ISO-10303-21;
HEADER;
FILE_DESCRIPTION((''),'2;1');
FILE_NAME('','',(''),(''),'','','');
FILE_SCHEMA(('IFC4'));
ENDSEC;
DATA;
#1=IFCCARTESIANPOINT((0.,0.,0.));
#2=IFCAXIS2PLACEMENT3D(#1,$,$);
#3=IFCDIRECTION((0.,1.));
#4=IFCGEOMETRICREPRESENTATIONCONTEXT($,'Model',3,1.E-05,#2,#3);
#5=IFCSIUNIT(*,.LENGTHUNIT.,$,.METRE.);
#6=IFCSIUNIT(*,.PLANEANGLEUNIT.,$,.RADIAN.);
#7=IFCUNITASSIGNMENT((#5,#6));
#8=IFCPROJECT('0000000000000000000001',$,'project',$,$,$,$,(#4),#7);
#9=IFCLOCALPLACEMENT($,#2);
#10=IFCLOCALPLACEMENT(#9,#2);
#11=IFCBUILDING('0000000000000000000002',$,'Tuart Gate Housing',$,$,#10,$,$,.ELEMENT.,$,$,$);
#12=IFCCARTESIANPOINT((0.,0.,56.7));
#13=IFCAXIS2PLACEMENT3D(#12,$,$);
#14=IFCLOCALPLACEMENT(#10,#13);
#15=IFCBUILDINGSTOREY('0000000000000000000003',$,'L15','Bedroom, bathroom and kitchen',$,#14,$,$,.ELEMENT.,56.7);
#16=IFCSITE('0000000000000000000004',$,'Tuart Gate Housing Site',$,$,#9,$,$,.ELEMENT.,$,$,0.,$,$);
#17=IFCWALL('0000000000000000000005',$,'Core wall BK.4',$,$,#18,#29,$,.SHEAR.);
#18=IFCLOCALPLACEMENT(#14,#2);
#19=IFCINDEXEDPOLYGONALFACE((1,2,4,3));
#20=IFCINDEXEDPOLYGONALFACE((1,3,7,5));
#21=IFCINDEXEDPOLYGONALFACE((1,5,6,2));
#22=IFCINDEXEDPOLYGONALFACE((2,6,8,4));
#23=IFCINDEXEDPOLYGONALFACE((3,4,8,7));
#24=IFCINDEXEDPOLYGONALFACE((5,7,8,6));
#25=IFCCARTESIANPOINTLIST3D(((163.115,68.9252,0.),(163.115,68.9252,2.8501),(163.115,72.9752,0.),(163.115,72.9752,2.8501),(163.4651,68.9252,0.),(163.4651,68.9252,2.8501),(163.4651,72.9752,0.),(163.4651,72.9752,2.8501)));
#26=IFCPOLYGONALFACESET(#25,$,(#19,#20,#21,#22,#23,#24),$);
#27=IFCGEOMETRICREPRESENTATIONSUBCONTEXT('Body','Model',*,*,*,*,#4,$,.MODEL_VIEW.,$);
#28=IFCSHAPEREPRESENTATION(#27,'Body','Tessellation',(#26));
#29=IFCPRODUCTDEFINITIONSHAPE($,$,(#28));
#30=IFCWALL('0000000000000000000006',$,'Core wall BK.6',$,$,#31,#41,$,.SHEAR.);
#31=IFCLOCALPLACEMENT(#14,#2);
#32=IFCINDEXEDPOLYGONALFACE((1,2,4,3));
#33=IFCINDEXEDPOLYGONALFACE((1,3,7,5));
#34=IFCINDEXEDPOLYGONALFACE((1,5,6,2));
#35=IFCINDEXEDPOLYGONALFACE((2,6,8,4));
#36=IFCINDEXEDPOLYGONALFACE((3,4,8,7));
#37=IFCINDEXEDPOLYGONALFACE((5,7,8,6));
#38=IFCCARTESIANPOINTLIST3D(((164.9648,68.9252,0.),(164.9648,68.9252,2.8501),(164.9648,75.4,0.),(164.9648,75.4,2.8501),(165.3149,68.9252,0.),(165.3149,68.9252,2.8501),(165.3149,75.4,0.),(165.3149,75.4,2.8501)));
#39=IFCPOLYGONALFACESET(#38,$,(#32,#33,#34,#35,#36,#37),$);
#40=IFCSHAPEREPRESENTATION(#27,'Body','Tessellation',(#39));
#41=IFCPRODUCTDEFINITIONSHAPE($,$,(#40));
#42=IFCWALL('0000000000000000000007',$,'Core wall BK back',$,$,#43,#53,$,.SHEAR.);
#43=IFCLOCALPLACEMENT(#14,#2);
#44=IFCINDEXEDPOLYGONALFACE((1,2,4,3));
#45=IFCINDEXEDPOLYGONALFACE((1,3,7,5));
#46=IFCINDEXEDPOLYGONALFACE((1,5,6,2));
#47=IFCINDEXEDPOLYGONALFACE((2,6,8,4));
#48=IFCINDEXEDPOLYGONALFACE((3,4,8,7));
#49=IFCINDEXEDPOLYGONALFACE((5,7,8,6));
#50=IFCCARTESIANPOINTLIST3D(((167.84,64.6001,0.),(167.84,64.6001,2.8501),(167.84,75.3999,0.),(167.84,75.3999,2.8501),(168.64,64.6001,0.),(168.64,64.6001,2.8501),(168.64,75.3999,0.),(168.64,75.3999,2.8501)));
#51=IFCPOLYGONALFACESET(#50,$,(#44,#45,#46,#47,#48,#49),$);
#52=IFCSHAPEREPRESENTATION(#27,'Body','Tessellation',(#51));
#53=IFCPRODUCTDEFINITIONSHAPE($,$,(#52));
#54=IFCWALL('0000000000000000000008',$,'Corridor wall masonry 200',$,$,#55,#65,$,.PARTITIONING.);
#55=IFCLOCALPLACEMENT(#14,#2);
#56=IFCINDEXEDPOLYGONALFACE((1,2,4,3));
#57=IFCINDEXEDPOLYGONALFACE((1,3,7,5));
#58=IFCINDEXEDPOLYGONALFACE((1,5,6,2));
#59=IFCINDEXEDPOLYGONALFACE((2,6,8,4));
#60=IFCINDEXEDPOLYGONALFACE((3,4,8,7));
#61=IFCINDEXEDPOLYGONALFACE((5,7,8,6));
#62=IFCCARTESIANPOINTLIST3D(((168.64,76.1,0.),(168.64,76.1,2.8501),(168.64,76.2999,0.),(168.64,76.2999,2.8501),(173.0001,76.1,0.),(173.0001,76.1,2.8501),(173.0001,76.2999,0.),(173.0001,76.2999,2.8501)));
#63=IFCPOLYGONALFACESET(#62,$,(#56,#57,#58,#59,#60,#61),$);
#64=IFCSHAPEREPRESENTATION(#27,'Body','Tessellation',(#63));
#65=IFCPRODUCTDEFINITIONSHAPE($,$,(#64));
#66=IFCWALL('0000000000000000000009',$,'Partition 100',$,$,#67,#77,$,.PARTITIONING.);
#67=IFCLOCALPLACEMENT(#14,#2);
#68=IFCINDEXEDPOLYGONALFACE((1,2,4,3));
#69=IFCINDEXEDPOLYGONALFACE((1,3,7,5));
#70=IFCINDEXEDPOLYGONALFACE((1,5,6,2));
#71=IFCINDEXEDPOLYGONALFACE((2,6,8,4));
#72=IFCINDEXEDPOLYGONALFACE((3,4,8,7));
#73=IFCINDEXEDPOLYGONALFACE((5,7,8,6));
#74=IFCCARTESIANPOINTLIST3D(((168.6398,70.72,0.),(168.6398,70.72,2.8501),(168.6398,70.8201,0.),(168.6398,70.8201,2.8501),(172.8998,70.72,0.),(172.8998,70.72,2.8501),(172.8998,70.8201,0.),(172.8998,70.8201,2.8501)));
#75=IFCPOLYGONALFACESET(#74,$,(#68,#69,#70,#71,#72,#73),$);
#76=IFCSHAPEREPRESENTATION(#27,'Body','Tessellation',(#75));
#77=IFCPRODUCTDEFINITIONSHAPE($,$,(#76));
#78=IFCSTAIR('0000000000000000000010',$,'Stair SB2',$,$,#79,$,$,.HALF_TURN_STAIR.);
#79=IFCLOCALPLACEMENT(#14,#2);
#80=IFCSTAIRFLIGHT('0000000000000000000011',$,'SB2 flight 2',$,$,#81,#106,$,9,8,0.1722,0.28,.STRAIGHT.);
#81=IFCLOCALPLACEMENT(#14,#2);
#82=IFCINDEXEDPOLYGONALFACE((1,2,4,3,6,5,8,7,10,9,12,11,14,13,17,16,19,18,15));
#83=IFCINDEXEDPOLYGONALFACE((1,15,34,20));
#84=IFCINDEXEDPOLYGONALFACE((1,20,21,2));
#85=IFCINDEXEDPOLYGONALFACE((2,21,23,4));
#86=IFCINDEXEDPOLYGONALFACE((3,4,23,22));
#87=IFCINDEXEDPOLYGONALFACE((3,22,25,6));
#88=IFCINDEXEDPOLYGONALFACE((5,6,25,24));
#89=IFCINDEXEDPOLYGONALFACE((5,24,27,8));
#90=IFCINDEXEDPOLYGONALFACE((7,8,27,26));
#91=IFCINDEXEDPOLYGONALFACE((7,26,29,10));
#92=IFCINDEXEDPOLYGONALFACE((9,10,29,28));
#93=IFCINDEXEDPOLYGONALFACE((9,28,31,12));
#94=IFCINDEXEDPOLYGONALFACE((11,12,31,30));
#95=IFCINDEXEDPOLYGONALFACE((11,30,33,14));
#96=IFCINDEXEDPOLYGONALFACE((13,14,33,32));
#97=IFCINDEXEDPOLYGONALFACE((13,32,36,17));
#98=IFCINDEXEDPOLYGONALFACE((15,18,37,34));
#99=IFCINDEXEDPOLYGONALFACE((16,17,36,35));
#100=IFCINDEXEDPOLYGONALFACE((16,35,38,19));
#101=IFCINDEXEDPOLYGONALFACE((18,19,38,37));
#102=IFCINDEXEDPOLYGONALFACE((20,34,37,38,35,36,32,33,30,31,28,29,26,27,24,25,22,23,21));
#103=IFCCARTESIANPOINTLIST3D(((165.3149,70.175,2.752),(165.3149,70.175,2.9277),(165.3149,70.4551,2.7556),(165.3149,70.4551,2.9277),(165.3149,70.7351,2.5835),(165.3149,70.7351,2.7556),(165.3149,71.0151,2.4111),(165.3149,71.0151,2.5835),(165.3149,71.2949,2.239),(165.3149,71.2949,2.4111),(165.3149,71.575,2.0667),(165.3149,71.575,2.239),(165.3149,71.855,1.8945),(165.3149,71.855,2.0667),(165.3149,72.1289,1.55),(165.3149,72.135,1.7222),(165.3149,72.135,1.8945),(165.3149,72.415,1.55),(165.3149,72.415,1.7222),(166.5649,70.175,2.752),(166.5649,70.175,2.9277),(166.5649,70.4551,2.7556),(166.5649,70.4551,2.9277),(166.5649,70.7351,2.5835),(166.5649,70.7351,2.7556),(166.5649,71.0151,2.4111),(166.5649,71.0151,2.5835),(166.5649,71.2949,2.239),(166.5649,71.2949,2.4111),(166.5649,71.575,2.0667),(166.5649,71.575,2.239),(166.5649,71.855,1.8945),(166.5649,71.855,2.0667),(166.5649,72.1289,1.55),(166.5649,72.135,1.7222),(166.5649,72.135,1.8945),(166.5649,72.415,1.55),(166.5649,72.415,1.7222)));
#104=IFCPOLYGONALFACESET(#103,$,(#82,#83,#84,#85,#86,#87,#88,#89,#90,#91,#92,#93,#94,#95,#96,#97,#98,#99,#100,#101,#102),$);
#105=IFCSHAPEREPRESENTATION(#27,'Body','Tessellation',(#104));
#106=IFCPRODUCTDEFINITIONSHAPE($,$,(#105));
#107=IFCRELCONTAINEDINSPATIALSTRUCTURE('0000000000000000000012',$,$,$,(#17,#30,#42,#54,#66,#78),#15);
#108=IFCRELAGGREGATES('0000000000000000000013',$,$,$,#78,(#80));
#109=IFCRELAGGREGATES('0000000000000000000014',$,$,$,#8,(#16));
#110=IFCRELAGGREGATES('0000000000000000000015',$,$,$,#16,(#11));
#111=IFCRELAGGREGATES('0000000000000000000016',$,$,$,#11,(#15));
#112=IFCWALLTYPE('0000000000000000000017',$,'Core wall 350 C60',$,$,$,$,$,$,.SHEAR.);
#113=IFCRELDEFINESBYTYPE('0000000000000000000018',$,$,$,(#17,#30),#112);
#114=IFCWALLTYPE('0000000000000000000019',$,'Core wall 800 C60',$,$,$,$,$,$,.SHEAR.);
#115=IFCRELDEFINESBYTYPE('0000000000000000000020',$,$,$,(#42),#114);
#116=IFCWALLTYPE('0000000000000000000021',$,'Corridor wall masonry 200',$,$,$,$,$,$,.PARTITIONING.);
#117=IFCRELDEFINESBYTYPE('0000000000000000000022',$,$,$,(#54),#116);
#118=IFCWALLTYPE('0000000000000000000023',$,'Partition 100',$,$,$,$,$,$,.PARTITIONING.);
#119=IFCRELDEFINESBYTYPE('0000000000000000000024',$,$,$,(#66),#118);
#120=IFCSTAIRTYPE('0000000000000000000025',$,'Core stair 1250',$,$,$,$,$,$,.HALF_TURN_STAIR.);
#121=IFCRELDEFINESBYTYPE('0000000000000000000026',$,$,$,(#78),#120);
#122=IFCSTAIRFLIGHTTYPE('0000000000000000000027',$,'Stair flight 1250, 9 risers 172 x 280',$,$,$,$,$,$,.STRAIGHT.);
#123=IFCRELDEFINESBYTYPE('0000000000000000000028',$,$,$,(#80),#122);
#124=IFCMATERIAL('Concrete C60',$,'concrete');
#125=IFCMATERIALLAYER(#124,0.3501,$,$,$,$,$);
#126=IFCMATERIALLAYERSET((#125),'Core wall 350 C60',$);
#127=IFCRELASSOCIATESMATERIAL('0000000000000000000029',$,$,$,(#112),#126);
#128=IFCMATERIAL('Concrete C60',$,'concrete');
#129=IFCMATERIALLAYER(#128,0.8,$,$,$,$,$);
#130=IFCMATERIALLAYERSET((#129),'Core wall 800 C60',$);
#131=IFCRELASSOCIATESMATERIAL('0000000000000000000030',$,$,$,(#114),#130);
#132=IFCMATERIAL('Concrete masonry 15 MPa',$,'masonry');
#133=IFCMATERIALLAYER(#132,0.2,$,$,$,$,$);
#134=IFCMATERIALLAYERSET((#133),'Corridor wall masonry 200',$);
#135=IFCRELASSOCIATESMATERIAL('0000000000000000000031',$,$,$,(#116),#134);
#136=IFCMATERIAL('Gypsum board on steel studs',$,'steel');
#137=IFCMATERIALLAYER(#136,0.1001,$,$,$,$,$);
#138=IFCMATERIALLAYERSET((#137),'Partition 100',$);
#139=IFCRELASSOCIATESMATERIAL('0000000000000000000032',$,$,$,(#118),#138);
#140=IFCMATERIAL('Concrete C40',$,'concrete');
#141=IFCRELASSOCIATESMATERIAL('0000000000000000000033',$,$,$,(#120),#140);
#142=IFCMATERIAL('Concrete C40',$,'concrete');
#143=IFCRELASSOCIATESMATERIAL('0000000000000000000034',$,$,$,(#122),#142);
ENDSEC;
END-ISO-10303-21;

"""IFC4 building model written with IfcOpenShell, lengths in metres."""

from ifc_helpers import new_model, si_unit, direction, frame, frame_2d, origin, place, context, subcontext, project, spatial, polyline, rectangle, outline, extrude, material, layer, layer_set, type_object, element, aggregate, save


model = new_model("IFC4")

# Units and contexts
model_context = context("Model", 3, precision=1e-05, world=origin(), true_north=direction((0.0, 1.0)))
body_context = subcontext(model_context, "Body", "Model", "MODEL_VIEW")
ifc_project = project(units=[si_unit("LENGTHUNIT", "METRE"), si_unit("PLANEANGLEUNIT", "RADIAN")], contexts=[model_context])

# Site, building, storey
site_placement = place(None, origin())
site = spatial("IfcSite", under=ifc_project, at=site_placement, Name="Tuart Gate Housing Site", CompositionType="ELEMENT", RefElevation=0.0)
building_placement = place(site_placement, origin())
building = spatial("IfcBuilding", under=site, at=building_placement, Name="Tuart Gate Housing", CompositionType="ELEMENT")
storey_placement = place(building_placement, frame((0.0, 0.0, 56.7)))
storey = spatial("IfcBuildingStorey", under=building, at=storey_placement, Name="L15", Description="Bedroom, bathroom and kitchen", CompositionType="ELEMENT", Elevation=56.7)

# Walls
ifc_material_1 = material(Name="Concrete C60", Category="concrete")
ifc_layer_1 = layer(ifc_material_1, 0.3501)
ifc_layer_set_1 = layer_set([ifc_layer_1], Name="Core wall 350 C60")
wall_type_1 = type_object("IfcWallType", Name="Core wall 350 C60", PredefinedType="SHEAR", material=ifc_layer_set_1)
wall_1_placement = place(storey_placement, frame((163.29, 72.9751, 0.0), z_axis=(0.0, 0.0, 1.0), x_axis=(0.0, -1.0, 0.0)))
element("IfcWall", 1, at=wall_1_placement, inside=storey, type_object=wall_type_1, Name="Core wall BK.4", PredefinedType="SHEAR", context=body_context, shape_type="SweptSolid", body=[
    extrude(rectangle(XDim=4.05, YDim=0.3501, at=frame_2d((2.0249, 0.0))), origin(), (0.0, 0.0, 1.0), 2.8501),
])
wall_2_placement = place(storey_placement, frame((165.1399, 75.3999, 0.0), z_axis=(0.0, 0.0, 1.0), x_axis=(0.0, -1.0, 0.0)))
element("IfcWall", 2, at=wall_2_placement, inside=storey, type_object=wall_type_1, Name="Core wall BK.6", PredefinedType="SHEAR", context=body_context, shape_type="SweptSolid", body=[
    extrude(rectangle(XDim=6.4749, YDim=0.3501, at=frame_2d((3.2373, 0.0))), origin(), (0.0, 0.0, 1.0), 2.8501),
])
ifc_material_2 = material(Name="Concrete C60", Category="concrete")
ifc_layer_2 = layer(ifc_material_2, 0.8)
ifc_layer_set_2 = layer_set([ifc_layer_2], Name="Core wall 800 C60")
wall_type_2 = type_object("IfcWallType", Name="Core wall 800 C60", PredefinedType="SHEAR", material=ifc_layer_set_2)
wall_3_placement = place(storey_placement, frame((168.24, 75.3999, 0.0), z_axis=(0.0, 0.0, 1.0), x_axis=(0.0, -1.0, 0.0)))
element("IfcWall", 3, at=wall_3_placement, inside=storey, type_object=wall_type_2, Name="Core wall BK back", PredefinedType="SHEAR", context=body_context, shape_type="SweptSolid", body=[
    extrude(rectangle(XDim=10.7998, YDim=0.8, at=frame_2d((5.3999, 0.0))), origin(), (0.0, 0.0, 1.0), 2.8501),
])
ifc_material_3 = material(Name="Concrete masonry 15 MPa", Category="masonry")
ifc_layer_3 = layer(ifc_material_3, 0.2)
ifc_layer_set_3 = layer_set([ifc_layer_3], Name="Corridor wall masonry 200")
wall_type_3 = type_object("IfcWallType", Name="Corridor wall masonry 200", PredefinedType="PARTITIONING", material=ifc_layer_set_3)
wall_4_placement = place(storey_placement, frame((168.6399, 76.2, 0.0), z_axis=(0.0, 0.0, 1.0), x_axis=(1.0, 0.0, 0.0)))
element("IfcWall", 4, at=wall_4_placement, inside=storey, type_object=wall_type_3, Name="Corridor wall masonry 200", PredefinedType="PARTITIONING", context=body_context, shape_type="SweptSolid", body=[
    extrude(rectangle(XDim=4.3601, YDim=0.2, at=frame_2d((2.1802, 0.0))), origin(), (0.0, 0.0, 1.0), 2.8501),
])
ifc_material_4 = material(Name="Gypsum board on steel studs", Category="steel")
ifc_layer_4 = layer(ifc_material_4, 0.1001)
ifc_layer_set_4 = layer_set([ifc_layer_4], Name="Partition 100")
wall_type_4 = type_object("IfcWallType", Name="Partition 100", PredefinedType="PARTITIONING", material=ifc_layer_set_4)
wall_5_placement = place(storey_placement, frame((168.6399, 70.77, 0.0), z_axis=(0.0, 0.0, 1.0), x_axis=(1.0, 0.0, 0.0)))
element("IfcWall", 5, at=wall_5_placement, inside=storey, type_object=wall_type_4, Name="Partition 100", PredefinedType="PARTITIONING", context=body_context, shape_type="SweptSolid", body=[
    extrude(rectangle(XDim=4.26, YDim=0.1001, at=frame_2d((2.1299, 0.0))), origin(), (0.0, 0.0, 1.0), 2.8501),
])

# Stair, stair flight
ifc_material_5 = material(Name="Concrete C40", Category="concrete")
stair_type = type_object("IfcStairType", Name="Core stair 1250", PredefinedType="HALF_TURN_STAIR", material=ifc_material_5)
stair_placement = place(storey_placement, origin())
stair = element("IfcStair", 6, at=stair_placement, inside=storey, type_object=stair_type, Name="Stair SB2", PredefinedType="HALF_TURN_STAIR")
ifc_material_6 = material(Name="Concrete C40", Category="concrete")
stair_flight_type = type_object("IfcStairFlightType", Name="Stair flight 1250, 9 risers 172 x 280", PredefinedType="STRAIGHT", material=ifc_material_6)
stair_flight_placement = place(storey_placement, frame((165.9399, 72.415, 1.55), z_axis=(0.0, 0.0, 1.0), x_axis=(0.0, -1.0, 0.0)))
stair_flight = element("IfcStairFlight", 7, at=stair_flight_placement, type_object=stair_flight_type, Name="SB2 flight 2", NumberOfRisers=9, NumberOfTreads=8, PredefinedType="STRAIGHT", RiserHeight=0.1722, TreadLength=0.28, context=body_context, shape_type="SweptSolid", body=[
    extrude(outline(polyline([(0.0, 0.0), (0.0, 0.1721), (0.28, 0.1721), (0.28, 0.3445), (0.5601, 0.3445), (0.5601, 0.5166), (0.8401, 0.5166), (0.8401, 0.689), (1.1201, 0.689), (1.1201, 0.8611), (1.3999, 0.8611), (1.3999, 1.0334), (1.6799, 1.0334), (1.6799, 1.2056), (1.96, 1.2056), (1.96, 1.3777), (2.24, 1.3777), (2.24, 1.55), (2.24, 1.2019), (0.2861, 0.0), (0.0, 0.0)])), frame((0.0, 0.625, 0.0), z_axis=(0.0, -1.0, 0.0), x_axis=(1.0, 0.0, 0.0)), (0.0, 0.0, 1.0), 1.25),
])
aggregate(stair, [stair_flight])

save(model, "model.ifc")
